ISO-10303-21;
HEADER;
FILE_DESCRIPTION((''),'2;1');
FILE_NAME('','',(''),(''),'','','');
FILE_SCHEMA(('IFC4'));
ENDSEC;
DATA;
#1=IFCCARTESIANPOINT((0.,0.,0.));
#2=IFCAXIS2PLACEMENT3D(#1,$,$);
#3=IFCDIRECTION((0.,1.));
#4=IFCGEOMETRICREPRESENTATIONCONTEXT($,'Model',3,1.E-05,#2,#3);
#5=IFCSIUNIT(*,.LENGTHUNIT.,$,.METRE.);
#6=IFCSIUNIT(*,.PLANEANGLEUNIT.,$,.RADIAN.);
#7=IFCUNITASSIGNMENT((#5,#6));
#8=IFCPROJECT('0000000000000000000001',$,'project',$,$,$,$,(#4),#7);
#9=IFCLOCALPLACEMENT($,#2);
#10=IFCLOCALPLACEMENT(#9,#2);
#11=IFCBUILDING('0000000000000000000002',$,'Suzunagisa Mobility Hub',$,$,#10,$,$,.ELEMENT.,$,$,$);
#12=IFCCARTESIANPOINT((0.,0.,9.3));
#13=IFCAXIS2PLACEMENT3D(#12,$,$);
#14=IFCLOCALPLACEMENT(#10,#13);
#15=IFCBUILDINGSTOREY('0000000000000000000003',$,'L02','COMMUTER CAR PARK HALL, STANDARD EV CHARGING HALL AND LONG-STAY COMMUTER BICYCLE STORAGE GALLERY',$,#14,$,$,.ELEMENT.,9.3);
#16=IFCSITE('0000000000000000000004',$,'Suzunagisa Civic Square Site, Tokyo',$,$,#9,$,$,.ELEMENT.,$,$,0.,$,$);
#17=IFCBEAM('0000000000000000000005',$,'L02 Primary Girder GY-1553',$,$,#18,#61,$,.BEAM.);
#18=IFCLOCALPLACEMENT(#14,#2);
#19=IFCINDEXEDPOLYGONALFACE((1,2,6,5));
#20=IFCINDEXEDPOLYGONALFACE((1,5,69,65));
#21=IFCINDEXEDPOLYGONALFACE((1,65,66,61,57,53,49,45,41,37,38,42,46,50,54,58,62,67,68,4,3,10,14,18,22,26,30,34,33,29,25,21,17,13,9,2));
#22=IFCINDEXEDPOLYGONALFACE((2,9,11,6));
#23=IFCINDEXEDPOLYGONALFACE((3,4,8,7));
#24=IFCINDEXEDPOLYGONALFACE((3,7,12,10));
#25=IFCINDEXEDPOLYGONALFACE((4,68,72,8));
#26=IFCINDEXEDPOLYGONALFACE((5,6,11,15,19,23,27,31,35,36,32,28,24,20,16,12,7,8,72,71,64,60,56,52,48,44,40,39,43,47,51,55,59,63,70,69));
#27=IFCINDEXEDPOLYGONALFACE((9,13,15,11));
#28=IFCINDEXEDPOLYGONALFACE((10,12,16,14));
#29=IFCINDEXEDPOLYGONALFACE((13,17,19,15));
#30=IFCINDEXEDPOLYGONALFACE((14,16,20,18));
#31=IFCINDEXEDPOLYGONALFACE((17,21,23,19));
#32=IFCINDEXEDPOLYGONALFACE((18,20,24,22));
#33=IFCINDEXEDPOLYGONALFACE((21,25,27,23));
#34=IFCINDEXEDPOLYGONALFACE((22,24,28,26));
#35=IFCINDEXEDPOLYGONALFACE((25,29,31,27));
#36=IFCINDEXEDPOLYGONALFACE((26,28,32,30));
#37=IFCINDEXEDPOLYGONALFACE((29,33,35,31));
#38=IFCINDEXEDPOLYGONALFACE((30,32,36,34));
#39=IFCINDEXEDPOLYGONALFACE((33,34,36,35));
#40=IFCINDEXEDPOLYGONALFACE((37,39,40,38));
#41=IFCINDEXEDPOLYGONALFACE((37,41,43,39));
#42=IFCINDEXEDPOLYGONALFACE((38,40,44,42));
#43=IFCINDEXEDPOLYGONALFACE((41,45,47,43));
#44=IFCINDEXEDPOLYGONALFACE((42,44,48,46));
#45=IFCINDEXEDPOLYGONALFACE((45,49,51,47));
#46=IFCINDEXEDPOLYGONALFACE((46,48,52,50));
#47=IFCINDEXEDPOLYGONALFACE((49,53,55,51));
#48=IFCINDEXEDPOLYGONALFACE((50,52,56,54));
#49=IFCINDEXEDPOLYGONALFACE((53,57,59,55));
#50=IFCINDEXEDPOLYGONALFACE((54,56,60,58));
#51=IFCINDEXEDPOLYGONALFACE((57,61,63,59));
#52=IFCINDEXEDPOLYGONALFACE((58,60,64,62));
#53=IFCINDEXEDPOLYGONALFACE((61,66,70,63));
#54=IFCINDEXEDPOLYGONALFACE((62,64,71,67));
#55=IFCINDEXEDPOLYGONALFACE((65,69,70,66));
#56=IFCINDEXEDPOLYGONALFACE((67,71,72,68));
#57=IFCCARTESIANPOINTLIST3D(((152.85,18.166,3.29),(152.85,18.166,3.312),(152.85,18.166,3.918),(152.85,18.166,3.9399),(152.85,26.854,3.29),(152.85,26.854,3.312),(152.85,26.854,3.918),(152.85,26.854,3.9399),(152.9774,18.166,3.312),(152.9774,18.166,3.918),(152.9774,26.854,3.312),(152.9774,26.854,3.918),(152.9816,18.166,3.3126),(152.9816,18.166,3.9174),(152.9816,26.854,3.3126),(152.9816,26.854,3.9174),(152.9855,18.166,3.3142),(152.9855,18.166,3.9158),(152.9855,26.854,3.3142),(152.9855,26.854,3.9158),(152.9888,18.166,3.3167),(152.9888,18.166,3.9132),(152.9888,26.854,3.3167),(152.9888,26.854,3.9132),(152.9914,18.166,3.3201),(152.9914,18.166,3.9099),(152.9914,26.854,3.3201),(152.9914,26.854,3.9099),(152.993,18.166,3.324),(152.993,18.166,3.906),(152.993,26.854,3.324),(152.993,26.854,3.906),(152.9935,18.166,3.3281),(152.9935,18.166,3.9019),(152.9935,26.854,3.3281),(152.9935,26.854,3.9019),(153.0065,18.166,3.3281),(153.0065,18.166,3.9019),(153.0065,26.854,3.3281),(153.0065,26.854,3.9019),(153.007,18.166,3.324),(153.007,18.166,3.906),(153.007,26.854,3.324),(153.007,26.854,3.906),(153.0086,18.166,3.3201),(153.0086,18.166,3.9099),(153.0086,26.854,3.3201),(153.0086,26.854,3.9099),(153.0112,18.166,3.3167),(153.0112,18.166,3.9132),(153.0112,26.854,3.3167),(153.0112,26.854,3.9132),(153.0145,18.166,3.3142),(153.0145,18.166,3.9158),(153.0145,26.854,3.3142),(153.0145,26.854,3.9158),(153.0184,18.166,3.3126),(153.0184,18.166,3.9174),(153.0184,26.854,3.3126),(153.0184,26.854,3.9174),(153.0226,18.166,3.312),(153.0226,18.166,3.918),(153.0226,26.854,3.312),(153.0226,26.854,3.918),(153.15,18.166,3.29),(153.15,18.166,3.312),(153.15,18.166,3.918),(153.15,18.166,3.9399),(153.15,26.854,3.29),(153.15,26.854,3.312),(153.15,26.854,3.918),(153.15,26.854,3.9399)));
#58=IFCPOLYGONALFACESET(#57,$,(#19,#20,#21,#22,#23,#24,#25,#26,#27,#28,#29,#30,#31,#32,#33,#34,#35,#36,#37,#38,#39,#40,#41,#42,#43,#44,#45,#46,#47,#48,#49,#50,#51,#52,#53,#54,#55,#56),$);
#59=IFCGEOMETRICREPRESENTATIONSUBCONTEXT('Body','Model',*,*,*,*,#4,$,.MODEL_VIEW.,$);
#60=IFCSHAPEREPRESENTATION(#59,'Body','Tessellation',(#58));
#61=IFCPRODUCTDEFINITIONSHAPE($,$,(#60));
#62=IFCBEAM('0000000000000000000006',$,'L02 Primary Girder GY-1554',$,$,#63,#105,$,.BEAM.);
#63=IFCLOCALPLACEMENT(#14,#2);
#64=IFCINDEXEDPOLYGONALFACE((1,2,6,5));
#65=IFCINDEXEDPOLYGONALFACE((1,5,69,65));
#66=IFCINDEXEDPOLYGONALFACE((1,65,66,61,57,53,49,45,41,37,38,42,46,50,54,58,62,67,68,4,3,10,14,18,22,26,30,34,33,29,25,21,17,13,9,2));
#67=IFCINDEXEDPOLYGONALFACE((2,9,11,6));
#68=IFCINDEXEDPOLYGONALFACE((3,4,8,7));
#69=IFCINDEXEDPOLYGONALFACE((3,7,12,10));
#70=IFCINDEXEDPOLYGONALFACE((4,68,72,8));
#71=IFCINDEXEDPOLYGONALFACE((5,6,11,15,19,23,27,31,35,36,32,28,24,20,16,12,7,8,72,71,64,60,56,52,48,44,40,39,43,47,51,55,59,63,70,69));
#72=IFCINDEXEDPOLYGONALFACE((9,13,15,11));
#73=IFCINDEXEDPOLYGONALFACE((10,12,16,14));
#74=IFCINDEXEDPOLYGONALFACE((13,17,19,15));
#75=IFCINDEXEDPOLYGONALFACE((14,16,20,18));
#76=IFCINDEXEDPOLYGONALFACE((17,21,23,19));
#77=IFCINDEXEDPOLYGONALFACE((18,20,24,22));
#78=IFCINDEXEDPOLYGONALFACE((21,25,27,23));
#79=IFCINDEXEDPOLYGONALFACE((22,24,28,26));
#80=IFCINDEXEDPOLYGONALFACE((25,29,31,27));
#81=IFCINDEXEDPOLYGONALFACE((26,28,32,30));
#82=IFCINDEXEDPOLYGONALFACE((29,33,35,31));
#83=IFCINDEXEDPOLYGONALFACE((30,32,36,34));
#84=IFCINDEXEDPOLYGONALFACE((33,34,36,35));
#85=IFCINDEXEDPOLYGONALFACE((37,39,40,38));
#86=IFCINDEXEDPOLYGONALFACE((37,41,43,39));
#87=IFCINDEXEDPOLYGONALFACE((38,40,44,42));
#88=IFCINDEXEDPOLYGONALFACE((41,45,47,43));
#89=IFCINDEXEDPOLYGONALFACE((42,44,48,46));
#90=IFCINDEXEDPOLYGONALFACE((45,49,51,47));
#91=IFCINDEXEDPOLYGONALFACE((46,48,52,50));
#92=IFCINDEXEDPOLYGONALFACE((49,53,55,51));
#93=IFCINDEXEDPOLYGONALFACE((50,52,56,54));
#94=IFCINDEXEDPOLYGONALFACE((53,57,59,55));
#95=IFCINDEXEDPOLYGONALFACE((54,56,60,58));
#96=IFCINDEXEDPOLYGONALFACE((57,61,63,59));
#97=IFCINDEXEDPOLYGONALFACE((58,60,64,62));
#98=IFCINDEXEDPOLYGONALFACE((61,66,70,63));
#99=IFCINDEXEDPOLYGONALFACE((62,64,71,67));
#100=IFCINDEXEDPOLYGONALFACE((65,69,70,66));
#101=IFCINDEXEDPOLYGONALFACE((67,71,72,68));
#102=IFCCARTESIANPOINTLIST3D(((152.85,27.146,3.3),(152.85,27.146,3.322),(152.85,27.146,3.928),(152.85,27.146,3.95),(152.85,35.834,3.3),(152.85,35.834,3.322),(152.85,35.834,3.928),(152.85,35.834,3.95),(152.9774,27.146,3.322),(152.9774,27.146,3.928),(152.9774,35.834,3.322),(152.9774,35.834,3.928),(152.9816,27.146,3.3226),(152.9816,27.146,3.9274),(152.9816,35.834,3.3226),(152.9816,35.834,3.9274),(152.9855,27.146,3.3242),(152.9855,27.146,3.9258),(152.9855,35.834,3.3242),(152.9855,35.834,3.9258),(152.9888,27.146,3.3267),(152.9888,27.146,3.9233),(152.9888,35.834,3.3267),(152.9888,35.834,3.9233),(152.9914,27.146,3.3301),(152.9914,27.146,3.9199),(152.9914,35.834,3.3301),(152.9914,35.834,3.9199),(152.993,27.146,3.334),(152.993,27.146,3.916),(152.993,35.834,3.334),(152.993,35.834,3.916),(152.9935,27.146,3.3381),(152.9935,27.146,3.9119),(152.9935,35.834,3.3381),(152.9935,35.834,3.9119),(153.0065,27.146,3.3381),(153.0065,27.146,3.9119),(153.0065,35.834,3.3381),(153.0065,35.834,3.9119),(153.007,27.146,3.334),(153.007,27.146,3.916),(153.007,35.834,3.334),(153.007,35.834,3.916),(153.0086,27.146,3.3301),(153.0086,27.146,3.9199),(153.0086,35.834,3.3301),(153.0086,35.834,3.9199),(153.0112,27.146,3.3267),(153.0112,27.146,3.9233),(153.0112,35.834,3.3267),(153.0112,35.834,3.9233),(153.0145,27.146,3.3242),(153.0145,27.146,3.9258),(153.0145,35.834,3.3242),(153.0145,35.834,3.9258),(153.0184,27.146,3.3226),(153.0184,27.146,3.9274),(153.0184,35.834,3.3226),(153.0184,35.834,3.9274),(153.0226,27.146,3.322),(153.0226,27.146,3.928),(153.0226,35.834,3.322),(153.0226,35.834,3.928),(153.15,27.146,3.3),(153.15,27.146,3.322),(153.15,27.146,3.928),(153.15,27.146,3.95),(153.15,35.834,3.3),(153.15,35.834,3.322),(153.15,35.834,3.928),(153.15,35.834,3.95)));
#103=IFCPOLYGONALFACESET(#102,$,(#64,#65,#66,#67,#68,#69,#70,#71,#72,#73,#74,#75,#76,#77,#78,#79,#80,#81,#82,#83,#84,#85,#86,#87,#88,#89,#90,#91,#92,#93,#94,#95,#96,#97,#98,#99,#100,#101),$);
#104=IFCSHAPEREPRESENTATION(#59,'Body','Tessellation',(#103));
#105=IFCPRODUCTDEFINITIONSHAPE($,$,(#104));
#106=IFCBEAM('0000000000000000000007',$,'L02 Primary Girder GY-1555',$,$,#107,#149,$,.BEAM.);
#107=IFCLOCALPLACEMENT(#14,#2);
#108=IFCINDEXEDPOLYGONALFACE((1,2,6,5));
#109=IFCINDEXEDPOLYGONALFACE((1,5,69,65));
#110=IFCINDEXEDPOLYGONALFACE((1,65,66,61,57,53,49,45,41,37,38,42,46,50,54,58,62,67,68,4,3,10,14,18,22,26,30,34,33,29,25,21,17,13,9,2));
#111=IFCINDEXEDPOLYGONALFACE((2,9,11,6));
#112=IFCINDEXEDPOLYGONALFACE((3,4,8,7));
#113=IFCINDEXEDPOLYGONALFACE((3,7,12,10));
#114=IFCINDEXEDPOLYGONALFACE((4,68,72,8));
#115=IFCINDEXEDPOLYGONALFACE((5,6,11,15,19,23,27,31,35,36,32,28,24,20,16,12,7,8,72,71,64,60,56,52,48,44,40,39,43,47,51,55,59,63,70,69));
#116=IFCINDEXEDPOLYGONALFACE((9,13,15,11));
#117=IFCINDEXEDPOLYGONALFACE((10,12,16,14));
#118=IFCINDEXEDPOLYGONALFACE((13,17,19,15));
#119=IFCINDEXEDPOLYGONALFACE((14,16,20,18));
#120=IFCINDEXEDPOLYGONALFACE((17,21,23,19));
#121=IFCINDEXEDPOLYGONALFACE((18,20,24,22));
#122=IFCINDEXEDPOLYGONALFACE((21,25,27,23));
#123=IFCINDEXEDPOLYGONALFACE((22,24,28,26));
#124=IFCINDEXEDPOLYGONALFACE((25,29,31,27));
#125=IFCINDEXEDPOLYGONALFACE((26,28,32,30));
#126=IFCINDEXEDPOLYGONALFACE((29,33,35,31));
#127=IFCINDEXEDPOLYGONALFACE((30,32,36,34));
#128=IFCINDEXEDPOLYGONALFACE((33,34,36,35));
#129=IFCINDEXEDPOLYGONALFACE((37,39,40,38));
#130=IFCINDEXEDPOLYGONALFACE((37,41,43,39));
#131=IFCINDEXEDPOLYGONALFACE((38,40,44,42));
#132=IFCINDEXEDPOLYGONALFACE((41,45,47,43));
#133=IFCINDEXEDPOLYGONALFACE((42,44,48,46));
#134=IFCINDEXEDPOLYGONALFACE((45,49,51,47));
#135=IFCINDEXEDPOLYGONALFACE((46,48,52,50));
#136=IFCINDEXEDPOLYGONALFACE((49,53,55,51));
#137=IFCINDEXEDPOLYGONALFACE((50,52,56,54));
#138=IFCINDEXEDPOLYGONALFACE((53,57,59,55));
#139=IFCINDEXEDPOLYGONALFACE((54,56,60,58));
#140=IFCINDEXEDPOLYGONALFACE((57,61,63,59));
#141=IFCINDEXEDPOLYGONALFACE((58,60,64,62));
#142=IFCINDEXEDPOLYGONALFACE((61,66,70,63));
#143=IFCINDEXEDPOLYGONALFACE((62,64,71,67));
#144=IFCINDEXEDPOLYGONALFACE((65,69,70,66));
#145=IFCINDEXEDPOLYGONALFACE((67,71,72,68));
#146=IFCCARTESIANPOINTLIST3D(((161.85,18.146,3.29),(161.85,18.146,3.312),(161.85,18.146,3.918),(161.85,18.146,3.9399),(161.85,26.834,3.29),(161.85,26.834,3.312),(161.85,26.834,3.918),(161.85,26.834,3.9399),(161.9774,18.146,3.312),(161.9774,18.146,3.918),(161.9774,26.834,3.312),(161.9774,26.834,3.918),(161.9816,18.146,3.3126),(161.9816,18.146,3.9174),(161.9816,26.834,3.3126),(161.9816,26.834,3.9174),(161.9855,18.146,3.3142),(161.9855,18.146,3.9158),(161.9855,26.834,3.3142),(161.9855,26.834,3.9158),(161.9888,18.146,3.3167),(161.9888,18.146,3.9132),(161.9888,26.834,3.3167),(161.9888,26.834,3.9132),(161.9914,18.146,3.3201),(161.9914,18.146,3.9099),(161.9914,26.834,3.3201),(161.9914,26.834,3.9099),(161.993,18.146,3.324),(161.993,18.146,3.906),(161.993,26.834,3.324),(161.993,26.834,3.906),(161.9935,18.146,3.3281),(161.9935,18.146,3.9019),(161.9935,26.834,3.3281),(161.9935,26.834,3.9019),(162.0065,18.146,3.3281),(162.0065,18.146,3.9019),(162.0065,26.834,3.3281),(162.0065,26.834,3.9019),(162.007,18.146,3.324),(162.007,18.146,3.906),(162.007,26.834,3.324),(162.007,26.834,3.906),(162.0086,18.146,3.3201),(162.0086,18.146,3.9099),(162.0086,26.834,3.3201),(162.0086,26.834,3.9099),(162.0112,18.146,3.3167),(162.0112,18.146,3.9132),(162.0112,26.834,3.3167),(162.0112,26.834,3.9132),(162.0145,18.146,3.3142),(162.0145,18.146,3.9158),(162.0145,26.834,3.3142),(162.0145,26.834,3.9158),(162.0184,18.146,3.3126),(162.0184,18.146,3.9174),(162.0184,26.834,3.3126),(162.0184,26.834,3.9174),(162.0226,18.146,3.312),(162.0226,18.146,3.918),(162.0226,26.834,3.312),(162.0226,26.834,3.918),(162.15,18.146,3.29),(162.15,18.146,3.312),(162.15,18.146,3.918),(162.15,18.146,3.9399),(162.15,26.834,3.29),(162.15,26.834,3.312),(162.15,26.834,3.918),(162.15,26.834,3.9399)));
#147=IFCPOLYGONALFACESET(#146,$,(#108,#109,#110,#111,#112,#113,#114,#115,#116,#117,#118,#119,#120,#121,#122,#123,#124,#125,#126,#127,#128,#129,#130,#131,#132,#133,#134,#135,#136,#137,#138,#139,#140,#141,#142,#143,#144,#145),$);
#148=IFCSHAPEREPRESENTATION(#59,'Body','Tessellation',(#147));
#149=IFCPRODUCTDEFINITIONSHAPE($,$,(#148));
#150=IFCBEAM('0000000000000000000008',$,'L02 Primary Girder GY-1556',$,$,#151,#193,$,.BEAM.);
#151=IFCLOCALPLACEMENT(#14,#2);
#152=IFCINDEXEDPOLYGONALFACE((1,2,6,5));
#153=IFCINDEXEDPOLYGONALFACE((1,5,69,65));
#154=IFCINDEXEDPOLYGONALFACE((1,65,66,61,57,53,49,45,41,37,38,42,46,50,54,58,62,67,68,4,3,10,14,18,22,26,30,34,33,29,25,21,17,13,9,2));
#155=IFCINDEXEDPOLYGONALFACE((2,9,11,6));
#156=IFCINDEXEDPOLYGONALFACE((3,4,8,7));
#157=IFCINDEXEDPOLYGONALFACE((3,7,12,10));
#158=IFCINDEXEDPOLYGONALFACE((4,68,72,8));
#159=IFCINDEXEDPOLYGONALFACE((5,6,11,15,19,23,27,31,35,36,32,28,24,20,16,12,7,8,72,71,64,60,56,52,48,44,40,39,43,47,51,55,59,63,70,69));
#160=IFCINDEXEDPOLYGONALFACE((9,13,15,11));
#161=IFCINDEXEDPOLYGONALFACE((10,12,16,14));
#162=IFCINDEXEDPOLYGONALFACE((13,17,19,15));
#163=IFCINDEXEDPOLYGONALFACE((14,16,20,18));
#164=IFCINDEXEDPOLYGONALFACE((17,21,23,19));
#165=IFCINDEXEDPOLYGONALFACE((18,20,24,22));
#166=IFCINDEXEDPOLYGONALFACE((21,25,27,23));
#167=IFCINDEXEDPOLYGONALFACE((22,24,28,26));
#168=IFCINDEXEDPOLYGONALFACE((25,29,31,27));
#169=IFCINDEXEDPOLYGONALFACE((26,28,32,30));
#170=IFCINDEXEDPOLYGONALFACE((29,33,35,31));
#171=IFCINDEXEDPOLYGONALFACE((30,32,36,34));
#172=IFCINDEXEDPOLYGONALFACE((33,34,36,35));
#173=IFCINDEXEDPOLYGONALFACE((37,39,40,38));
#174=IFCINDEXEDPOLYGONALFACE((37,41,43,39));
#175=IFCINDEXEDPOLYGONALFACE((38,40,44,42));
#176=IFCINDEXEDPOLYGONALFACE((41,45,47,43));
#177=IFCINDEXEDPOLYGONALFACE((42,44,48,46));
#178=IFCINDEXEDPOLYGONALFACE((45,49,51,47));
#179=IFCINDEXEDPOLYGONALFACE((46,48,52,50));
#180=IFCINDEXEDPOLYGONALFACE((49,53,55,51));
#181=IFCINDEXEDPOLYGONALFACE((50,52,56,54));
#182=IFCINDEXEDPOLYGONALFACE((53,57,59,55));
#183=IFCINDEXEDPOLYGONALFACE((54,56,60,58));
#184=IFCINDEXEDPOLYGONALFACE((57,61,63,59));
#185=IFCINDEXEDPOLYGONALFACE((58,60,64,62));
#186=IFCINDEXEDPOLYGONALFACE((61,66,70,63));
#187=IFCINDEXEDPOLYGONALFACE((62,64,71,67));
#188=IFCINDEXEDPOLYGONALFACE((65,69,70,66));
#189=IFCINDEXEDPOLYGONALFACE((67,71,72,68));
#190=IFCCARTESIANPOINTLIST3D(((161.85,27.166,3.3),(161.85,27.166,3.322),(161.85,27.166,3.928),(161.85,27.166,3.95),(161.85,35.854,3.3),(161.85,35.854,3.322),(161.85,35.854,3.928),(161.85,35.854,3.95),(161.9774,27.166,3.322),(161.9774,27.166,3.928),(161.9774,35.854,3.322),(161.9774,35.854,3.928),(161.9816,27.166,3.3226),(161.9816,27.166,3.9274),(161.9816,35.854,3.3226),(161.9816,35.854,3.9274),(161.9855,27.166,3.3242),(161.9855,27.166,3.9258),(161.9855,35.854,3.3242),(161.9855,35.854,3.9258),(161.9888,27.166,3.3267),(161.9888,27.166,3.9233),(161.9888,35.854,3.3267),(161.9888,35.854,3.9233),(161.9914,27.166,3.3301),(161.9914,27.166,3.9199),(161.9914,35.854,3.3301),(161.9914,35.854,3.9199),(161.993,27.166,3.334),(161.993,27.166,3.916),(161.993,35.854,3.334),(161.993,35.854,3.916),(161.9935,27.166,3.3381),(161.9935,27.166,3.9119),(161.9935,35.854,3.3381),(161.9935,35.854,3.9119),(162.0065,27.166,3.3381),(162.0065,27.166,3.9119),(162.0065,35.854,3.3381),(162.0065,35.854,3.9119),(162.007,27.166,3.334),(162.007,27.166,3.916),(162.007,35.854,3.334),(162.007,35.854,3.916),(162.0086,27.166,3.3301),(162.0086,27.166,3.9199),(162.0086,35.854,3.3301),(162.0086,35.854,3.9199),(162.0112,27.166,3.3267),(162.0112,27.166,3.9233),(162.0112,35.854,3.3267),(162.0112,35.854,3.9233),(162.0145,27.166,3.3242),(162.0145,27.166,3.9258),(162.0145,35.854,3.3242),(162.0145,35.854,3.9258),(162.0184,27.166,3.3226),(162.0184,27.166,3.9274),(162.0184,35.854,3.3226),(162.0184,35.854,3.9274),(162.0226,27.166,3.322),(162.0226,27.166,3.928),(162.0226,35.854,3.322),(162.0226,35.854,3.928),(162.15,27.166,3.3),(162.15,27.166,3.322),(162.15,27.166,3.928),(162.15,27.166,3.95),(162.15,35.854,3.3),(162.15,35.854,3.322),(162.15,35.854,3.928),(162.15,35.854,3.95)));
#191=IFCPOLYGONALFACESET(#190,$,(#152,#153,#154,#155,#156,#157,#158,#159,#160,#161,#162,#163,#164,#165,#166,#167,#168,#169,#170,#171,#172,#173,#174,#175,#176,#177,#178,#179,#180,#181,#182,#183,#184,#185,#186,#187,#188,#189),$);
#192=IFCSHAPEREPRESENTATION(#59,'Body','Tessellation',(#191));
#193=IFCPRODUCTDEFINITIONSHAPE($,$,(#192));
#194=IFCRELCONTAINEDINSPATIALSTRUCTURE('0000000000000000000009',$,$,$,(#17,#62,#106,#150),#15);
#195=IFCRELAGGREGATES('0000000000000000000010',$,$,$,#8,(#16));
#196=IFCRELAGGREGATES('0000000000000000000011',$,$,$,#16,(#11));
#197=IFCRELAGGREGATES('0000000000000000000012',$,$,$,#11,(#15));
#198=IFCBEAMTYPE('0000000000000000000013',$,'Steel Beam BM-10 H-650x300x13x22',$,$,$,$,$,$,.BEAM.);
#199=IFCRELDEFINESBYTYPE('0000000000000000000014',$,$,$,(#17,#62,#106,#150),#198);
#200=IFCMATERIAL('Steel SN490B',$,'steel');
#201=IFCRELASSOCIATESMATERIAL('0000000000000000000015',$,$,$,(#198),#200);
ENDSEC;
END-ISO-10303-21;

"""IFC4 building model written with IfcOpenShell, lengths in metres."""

from ifc_helpers import new_model, si_unit, direction, frame, origin, origin_2d, place, context, subcontext, project, spatial, i_section, extrude, material, material_profile, profile_set, type_object, element, save


model = new_model("IFC4")

# Units and contexts
model_context = context("Model", 3, precision=1e-05, world=origin(), true_north=direction((0.0, 1.0)))
body_context = subcontext(model_context, "Body", "Model", "MODEL_VIEW")
ifc_project = project(units=[si_unit("LENGTHUNIT", "METRE"), si_unit("PLANEANGLEUNIT", "RADIAN")], contexts=[model_context])

# Site, building, storey
site_placement = place(None, origin())
site = spatial("IfcSite", under=ifc_project, at=site_placement, Name="Suzunagisa Civic Square Site, Tokyo", CompositionType="ELEMENT", RefElevation=0.0)
building_placement = place(site_placement, origin())
building = spatial("IfcBuilding", under=site, at=building_placement, Name="Suzunagisa Mobility Hub", CompositionType="ELEMENT")
storey_placement = place(building_placement, frame((0.0, 0.0, 9.3)))
storey = spatial("IfcBuildingStorey", under=building, at=storey_placement, Name="L02", Description="COMMUTER CAR PARK HALL, STANDARD EV CHARGING HALL AND LONG-STAY COMMUTER BICYCLE STORAGE GALLERY", CompositionType="ELEMENT", Elevation=9.3)

# Shared definitions
ifc_material_1 = material(Name="Steel SN490B", Category="steel")

# Beams
ifc_material_profile_1 = material_profile(ifc_material_1, i_section(OverallWidth=0.3, OverallDepth=0.6499, WebThickness=0.0129, FlangeThickness=0.022, FilletRadius=0.0161, at=origin_2d()), Name="H-650x300x13x22")
ifc_profile_set_1 = profile_set([ifc_material_profile_1], Name="Steel SN490B")
beam_type_1 = type_object("IfcBeamType", Name="Steel Beam BM-10 H-650x300x13x22", PredefinedType="BEAM", material=ifc_profile_set_1)
for number, where, z_axis, x_axis, name in (
    (1, (153.0, 18.166, 3.615), (0.0, 1.0, 0.0), (-1.0, 0.0, 0.0), "L02 Primary Girder GY-1553"),
    (2, (153.0, 27.146, 3.625), (0.0, 1.0, 0.0), (-1.0, 0.0, 0.0), "L02 Primary Girder GY-1554"),
    (3, (162.0, 18.146, 3.615), (0.0, 1.0, 0.0), (-1.0, 0.0, 0.0), "L02 Primary Girder GY-1555"),
    (4, (162.0, 27.166, 3.625), (0.0, 1.0, 0.0), (-1.0, 0.0, 0.0), "L02 Primary Girder GY-1556"),
):
    element("IfcBeam", number, at=place(storey_placement, frame(where, z_axis=z_axis, x_axis=x_axis)), inside=storey, type_object=beam_type_1, Name=name, PredefinedType="BEAM", context=body_context, shape_type="SweptSolid", body=[
        extrude(i_section(OverallWidth=0.3, OverallDepth=0.6499, WebThickness=0.0129, FlangeThickness=0.022, FilletRadius=0.0161, at=origin_2d()), origin(), (0.0, 0.0, 1.0), 8.688),
    ])

save(model, "model.ifc")
